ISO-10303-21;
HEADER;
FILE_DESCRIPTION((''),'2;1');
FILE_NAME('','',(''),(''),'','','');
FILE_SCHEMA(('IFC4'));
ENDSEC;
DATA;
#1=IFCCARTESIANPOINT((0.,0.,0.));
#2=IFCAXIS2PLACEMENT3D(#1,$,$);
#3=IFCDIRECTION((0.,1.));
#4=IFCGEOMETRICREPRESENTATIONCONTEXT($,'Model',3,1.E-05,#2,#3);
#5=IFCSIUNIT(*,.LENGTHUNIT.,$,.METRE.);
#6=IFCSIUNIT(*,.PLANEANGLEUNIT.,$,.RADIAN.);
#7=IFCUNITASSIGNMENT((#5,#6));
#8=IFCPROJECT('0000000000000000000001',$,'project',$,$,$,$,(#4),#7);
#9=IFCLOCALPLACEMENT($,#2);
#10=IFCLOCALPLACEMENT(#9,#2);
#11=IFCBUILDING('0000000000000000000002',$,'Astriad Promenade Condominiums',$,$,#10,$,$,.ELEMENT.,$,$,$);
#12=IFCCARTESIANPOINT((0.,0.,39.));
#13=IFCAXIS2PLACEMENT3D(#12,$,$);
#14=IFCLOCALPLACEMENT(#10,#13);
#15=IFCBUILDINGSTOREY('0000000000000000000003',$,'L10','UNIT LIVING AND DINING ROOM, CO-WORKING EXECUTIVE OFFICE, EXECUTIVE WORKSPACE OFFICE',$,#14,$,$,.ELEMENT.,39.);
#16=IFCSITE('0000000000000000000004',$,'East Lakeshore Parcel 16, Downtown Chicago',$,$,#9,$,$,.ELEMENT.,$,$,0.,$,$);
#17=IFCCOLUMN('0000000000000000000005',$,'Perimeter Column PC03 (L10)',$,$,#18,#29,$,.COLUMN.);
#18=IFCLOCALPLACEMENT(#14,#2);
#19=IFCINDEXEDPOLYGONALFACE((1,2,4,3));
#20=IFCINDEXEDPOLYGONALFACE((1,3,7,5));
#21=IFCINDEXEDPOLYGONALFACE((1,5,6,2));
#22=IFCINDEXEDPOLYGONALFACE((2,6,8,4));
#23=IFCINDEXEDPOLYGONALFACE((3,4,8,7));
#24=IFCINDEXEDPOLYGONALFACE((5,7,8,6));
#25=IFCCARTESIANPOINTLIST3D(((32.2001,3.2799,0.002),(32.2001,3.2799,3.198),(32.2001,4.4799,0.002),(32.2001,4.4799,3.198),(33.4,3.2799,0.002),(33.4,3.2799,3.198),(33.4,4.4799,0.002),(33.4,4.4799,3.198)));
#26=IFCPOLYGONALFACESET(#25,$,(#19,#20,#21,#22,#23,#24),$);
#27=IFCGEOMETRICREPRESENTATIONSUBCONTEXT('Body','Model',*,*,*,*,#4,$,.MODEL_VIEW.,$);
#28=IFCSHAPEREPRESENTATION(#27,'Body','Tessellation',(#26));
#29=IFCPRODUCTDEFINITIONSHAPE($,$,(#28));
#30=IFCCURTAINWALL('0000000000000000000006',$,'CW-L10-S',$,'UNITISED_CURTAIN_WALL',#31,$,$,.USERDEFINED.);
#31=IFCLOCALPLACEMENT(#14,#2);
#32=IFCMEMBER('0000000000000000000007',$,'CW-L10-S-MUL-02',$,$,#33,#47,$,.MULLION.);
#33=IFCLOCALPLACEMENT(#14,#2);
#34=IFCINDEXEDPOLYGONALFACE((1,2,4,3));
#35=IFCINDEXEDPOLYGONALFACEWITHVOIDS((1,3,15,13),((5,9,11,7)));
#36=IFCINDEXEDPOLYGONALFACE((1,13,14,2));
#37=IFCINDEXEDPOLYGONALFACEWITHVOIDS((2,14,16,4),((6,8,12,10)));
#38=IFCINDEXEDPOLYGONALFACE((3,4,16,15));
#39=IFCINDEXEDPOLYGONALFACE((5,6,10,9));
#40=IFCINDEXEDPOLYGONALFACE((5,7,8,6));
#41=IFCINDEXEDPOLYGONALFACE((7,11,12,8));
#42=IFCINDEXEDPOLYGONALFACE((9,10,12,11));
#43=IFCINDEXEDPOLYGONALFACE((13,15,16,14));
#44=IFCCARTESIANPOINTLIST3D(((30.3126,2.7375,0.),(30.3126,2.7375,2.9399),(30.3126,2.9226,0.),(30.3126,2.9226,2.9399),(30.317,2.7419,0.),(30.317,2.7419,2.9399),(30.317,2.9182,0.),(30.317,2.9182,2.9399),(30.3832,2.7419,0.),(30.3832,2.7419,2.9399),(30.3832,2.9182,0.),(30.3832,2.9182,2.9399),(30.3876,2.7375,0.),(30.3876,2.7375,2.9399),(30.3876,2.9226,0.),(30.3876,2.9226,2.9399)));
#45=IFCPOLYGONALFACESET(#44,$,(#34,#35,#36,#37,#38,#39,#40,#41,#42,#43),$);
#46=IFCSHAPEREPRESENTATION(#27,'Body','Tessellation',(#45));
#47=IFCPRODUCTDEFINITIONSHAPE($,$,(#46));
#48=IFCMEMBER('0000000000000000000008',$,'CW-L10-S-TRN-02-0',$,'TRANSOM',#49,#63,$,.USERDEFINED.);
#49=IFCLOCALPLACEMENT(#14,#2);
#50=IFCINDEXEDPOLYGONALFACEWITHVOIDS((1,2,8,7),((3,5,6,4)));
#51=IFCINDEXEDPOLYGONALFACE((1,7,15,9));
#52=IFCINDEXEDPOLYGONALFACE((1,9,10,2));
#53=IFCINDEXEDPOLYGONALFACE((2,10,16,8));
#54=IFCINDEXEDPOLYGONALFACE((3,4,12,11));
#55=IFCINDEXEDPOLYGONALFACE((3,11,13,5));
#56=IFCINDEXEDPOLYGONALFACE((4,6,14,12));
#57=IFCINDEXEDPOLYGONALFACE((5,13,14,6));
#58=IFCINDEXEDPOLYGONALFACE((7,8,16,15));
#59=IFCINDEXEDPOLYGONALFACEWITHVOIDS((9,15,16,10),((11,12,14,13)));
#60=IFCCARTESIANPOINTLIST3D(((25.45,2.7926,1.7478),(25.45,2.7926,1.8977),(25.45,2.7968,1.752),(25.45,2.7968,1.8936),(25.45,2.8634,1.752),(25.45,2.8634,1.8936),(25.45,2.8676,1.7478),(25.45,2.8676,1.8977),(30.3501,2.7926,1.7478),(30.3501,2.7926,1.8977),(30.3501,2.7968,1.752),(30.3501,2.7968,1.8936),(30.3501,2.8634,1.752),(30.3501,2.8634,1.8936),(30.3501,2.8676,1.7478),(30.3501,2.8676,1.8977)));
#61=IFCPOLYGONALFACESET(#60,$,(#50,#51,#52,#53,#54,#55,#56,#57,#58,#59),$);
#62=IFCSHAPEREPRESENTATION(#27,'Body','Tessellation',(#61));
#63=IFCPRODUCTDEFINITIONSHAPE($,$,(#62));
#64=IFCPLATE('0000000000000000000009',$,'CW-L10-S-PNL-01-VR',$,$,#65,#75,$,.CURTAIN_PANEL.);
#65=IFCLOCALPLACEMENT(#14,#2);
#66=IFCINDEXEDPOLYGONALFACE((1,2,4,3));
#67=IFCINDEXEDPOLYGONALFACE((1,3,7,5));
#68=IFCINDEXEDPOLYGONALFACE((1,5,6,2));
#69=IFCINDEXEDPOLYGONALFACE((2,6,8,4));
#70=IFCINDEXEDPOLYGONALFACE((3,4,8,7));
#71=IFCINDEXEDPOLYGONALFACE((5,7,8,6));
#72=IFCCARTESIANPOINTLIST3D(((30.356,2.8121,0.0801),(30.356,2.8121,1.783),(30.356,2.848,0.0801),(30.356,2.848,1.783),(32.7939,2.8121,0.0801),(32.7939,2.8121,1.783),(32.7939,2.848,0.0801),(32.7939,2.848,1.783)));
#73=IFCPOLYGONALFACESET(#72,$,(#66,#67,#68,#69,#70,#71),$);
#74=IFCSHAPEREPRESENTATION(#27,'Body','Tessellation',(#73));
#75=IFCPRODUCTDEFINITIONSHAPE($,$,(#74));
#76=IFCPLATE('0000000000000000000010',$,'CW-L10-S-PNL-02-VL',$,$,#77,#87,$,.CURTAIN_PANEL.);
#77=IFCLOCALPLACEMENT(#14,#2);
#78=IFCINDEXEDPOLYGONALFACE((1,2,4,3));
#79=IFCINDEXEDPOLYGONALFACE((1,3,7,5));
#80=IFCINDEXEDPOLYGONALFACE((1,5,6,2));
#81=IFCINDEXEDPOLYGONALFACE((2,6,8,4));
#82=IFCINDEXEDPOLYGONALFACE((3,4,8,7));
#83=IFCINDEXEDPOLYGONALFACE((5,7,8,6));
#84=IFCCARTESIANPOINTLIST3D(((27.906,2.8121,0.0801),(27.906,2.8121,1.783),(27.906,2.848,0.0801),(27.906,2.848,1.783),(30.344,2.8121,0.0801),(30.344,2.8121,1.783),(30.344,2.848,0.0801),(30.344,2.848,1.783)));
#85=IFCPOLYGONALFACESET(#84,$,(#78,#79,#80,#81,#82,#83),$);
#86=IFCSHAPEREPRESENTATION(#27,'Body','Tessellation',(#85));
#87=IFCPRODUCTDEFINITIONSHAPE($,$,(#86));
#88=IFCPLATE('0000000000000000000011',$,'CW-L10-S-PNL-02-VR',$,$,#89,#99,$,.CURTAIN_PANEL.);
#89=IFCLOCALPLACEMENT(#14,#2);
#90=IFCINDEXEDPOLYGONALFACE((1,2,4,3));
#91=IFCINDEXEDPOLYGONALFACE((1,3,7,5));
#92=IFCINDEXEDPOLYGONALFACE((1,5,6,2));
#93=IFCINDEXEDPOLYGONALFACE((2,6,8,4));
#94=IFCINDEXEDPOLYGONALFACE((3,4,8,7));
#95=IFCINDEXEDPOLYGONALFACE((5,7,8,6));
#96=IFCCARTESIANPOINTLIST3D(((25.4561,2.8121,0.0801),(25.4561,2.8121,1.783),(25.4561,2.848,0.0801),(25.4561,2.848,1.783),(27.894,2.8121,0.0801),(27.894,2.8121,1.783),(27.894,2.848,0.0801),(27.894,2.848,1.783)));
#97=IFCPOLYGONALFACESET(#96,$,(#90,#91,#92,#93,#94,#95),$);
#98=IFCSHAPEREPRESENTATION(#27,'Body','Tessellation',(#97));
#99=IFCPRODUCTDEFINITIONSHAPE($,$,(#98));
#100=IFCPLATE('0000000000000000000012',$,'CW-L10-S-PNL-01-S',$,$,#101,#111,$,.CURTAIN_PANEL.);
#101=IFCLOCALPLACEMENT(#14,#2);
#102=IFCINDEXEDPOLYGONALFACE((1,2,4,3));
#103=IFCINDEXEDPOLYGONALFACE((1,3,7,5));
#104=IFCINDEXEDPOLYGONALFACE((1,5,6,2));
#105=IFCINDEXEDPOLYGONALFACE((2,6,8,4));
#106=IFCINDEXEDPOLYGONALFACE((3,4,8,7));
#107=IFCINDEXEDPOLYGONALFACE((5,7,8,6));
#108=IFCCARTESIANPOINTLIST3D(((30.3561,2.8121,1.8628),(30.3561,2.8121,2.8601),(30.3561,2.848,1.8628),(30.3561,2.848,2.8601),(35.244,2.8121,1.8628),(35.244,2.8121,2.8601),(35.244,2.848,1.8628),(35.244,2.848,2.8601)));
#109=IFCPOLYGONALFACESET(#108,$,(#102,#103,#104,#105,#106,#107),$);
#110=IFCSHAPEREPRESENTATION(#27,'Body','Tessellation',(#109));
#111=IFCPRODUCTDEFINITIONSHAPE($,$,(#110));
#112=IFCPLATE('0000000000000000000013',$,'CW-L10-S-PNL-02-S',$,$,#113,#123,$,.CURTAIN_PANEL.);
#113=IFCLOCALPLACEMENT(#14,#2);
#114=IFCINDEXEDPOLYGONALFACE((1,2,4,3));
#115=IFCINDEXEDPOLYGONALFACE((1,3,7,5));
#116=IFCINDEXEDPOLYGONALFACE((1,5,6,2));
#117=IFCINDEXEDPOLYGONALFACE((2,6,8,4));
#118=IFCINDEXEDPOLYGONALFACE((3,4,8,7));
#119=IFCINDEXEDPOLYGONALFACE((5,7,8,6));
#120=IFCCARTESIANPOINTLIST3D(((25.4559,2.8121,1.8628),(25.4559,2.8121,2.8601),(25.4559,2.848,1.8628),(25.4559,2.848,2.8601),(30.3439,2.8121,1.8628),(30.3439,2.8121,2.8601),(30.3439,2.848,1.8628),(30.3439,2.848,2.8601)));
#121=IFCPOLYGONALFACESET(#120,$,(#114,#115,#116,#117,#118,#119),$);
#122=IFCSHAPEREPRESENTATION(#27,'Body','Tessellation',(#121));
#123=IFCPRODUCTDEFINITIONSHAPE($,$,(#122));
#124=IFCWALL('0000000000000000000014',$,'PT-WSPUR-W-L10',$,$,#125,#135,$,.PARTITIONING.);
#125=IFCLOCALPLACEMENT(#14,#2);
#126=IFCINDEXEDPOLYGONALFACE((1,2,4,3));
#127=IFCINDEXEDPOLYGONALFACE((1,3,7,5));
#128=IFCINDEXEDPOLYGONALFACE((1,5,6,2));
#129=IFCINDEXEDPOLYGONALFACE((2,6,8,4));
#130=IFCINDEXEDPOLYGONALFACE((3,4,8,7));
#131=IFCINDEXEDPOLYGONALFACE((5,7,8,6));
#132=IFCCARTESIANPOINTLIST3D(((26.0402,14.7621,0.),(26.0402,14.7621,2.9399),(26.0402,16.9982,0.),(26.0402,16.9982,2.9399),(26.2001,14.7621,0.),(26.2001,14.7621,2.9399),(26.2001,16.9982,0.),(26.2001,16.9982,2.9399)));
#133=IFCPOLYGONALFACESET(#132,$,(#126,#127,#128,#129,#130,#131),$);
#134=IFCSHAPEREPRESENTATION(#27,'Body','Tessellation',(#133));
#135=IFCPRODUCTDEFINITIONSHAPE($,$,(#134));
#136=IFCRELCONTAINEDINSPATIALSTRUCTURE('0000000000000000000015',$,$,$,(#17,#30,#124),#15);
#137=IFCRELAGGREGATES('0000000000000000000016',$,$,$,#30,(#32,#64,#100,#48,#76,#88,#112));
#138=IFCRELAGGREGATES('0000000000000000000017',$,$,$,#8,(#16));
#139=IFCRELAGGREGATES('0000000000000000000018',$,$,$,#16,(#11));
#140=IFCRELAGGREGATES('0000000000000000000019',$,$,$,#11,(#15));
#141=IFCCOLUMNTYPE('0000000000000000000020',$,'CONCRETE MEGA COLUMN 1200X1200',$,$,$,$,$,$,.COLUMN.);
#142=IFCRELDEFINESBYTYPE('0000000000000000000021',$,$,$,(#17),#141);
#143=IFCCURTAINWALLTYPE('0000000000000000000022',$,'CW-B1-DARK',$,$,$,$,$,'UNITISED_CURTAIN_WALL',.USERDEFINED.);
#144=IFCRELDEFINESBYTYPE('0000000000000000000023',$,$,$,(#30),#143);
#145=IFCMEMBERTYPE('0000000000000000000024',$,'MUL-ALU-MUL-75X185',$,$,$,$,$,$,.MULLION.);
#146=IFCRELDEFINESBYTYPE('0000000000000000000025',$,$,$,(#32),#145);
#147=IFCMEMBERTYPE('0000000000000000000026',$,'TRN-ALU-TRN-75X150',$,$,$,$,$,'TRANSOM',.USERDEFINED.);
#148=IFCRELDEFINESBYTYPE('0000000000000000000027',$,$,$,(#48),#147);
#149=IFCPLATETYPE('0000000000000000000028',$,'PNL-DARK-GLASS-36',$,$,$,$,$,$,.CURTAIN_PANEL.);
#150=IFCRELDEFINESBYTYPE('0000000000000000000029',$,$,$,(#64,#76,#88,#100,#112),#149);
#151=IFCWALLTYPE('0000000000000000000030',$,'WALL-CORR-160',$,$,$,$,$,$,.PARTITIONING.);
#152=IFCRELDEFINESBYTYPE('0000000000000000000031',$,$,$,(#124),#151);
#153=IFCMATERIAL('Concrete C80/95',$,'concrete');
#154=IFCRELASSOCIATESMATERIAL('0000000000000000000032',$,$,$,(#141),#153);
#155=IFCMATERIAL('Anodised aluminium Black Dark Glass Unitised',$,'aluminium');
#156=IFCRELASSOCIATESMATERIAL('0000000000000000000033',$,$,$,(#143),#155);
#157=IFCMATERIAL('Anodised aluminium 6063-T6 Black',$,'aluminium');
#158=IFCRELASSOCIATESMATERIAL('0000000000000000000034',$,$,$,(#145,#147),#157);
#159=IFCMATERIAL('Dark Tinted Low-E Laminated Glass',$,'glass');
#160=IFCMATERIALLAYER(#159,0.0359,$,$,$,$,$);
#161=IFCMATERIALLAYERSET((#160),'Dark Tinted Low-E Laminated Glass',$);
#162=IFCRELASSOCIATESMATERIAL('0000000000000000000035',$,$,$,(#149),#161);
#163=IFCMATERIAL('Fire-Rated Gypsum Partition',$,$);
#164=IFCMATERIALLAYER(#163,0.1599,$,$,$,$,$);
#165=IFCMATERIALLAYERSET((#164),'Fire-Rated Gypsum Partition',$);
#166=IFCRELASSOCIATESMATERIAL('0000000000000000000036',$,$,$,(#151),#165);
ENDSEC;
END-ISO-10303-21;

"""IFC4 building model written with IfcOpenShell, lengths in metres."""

from ifc_helpers import new_model, si_unit, direction, frame, frame_2d, origin, origin_2d, place, context, subcontext, project, spatial, rectangle, hollow_rectangle, extrude, source, transform, mapped, material, layer, layer_set, material_profile, profile_set, type_object, type_shapes, element, aggregate, save


model = new_model("IFC4")

# Units and contexts
model_context = context("Model", 3, precision=1e-05, world=origin(), true_north=direction((0.0, 1.0)))
body_context = subcontext(model_context, "Body", "Model", "MODEL_VIEW")
ifc_project = project(units=[si_unit("LENGTHUNIT", "METRE"), si_unit("PLANEANGLEUNIT", "RADIAN")], contexts=[model_context])

# Site, building, storey
site_placement = place(None, origin())
site = spatial("IfcSite", under=ifc_project, at=site_placement, Name="East Lakeshore Parcel 16, Downtown Chicago", CompositionType="ELEMENT", RefElevation=0.0)
building_placement = place(site_placement, origin())
building = spatial("IfcBuilding", under=site, at=building_placement, Name="Astriad Promenade Condominiums", CompositionType="ELEMENT")
storey_placement = place(building_placement, frame((0.0, 0.0, 39.0)))
storey = spatial("IfcBuildingStorey", under=building, at=storey_placement, Name="L10", Description="UNIT LIVING AND DINING ROOM, CO-WORKING EXECUTIVE OFFICE, EXECUTIVE WORKSPACE OFFICE", CompositionType="ELEMENT", Elevation=39.0)

# Column
ifc_material_1 = material(Name="Concrete C80/95", Category="concrete")
ifc_material_profile_1 = material_profile(ifc_material_1, rectangle(XDim=1.2, YDim=1.2, at=origin_2d()), Name="RC-COL-1200X1200")
ifc_profile_set_1 = profile_set([ifc_material_profile_1], Name="Concrete C80/95")
column_type = type_object("IfcColumnType", Name="CONCRETE MEGA COLUMN 1200X1200", PredefinedType="COLUMN", material=ifc_profile_set_1)
shared_shape_1 = source(origin(), body_context, "Body", "SweptSolid", [
    extrude(rectangle(XDim=1.2, YDim=1.2, at=origin_2d()), origin(), (0.0, 0.0, 1.0), 3.196),
])
type_shapes(column_type, [shared_shape_1])
column_placement = place(storey_placement, frame((32.8, 3.8799, 0.002), z_axis=(0.0, 0.0, 1.0), x_axis=(1.0, 0.0, 0.0)))
element("IfcColumn", 1, at=column_placement, inside=storey, type_object=column_type, Name="Perimeter Column PC03 (L10)", PredefinedType="COLUMN", context=body_context, shape_type="MappedRepresentation", body=[
    mapped(shared_shape_1, transform((0.0, 0.0, 0.0), scale=1.0)),
])

# Curtain wall, members, plates
ifc_material_2 = material(Name="Anodised aluminium Black Dark Glass Unitised", Category="aluminium")
curtain_wall_type = type_object("IfcCurtainWallType", Name="CW-B1-DARK", ElementType="UNITISED_CURTAIN_WALL", PredefinedType="USERDEFINED", material=ifc_material_2)
curtain_wall_placement = place(storey_placement, origin())
curtain_wall = element("IfcCurtainWall", 2, at=curtain_wall_placement, inside=storey, type_object=curtain_wall_type, Name="CW-L10-S", ObjectType="UNITISED_CURTAIN_WALL", PredefinedType="USERDEFINED")
ifc_material_3 = material(Name="Anodised aluminium 6063-T6 Black", Category="aluminium")
ifc_material_profile_2 = material_profile(ifc_material_3, hollow_rectangle(XDim=0.075, YDim=0.1851, WallThickness=0.0044, at=origin_2d()), Name="ALU-MUL-75X185")
ifc_profile_set_2 = profile_set([ifc_material_profile_2], Name="Anodised aluminium 6063-T6 Black")
member_type_1 = type_object("IfcMemberType", Name="MUL-ALU-MUL-75X185", PredefinedType="MULLION", material=ifc_profile_set_2)
shared_shape_2 = source(origin(), body_context, "Body", "SweptSolid", [
    extrude(hollow_rectangle(XDim=0.075, YDim=0.1851, WallThickness=0.0044, at=origin_2d()), origin(), (0.0, 0.0, 1.0), 2.9399),
])
type_shapes(member_type_1, [shared_shape_2])
member_1_placement = place(storey_placement, frame((30.3501, 2.8301, 0.0), z_axis=(0.0, 0.0, 1.0), x_axis=(1.0, 0.0, 0.0)))
member_1 = element("IfcMember", 3, at=member_1_placement, type_object=member_type_1, Name="CW-L10-S-MUL-02", PredefinedType="MULLION", context=body_context, shape_type="MappedRepresentation", body=[
    mapped(shared_shape_2, transform((0.0, 0.0, 0.0), scale=1.0)),
])
ifc_material_profile_3 = material_profile(ifc_material_3, hollow_rectangle(XDim=0.075, YDim=0.1499, WallThickness=0.0042, at=origin_2d()), Name="ALU-TRN-75X150")
ifc_profile_set_3 = profile_set([ifc_material_profile_3], Name="Anodised aluminium 6063-T6 Black")
member_type_2 = type_object("IfcMemberType", Name="TRN-ALU-TRN-75X150", ElementType="TRANSOM", PredefinedType="USERDEFINED", material=ifc_profile_set_3)
shared_shape_3 = source(origin(), body_context, "Body", "SweptSolid", [
    extrude(hollow_rectangle(XDim=0.075, YDim=0.1499, WallThickness=0.0042, at=origin_2d()), origin(), (0.0, 0.0, 1.0), 4.9001),
])
type_shapes(member_type_2, [shared_shape_3])
member_2_placement = place(storey_placement, frame((30.3501, 2.8301, 1.8228), z_axis=(-1.0, 0.0, 0.0), x_axis=(0.0, -1.0, 0.0)))
member_2 = element("IfcMember", 4, at=member_2_placement, type_object=member_type_2, Name="CW-L10-S-TRN-02-0", ObjectType="TRANSOM", PredefinedType="USERDEFINED", context=body_context, shape_type="MappedRepresentation", body=[
    mapped(shared_shape_3, transform((0.0, 0.0, 0.0), scale=1.0)),
])
ifc_material_4 = material(Name="Dark Tinted Low-E Laminated Glass", Category="glass")
ifc_layer_1 = layer(ifc_material_4, 0.0359)
ifc_layer_set_1 = layer_set([ifc_layer_1], Name="Dark Tinted Low-E Laminated Glass")
plate_type = type_object("IfcPlateType", Name="PNL-DARK-GLASS-36", PredefinedType="CURTAIN_PANEL", material=ifc_layer_set_1)
shared_shape_4 = source(origin(), body_context, "Body", "SweptSolid", [
    extrude(rectangle(XDim=2.438, YDim=0.0359, at=origin_2d()), origin(), (0.0, 0.0, 1.0), 1.7029),
])
plate_1_placement = place(storey_placement, frame((31.575, 2.8301, 0.0801), z_axis=(0.0, 0.0, 1.0), x_axis=(-1.0, 0.0, 0.0)))
plate_1 = element("IfcPlate", 5, at=plate_1_placement, type_object=plate_type, Name="CW-L10-S-PNL-01-VR", PredefinedType="CURTAIN_PANEL", context=body_context, shape_type="MappedRepresentation", body=[
    mapped(shared_shape_4, transform((0.0, 0.0, 0.0), scale=1.0)),
])
plate_2_placement = place(storey_placement, frame((29.125, 2.8301, 0.0801), z_axis=(0.0, 0.0, 1.0), x_axis=(-1.0, 0.0, 0.0)))
plate_2 = element("IfcPlate", 6, at=plate_2_placement, type_object=plate_type, Name="CW-L10-S-PNL-02-VL", PredefinedType="CURTAIN_PANEL", context=body_context, shape_type="MappedRepresentation", body=[
    mapped(shared_shape_4, transform((0.0, 0.0, 0.0), scale=1.0)),
])
plate_3_placement = place(storey_placement, frame((26.675, 2.8301, 0.0801), z_axis=(0.0, 0.0, 1.0), x_axis=(-1.0, 0.0, 0.0)))
plate_3 = element("IfcPlate", 7, at=plate_3_placement, type_object=plate_type, Name="CW-L10-S-PNL-02-VR", PredefinedType="CURTAIN_PANEL", context=body_context, shape_type="MappedRepresentation", body=[
    mapped(shared_shape_4, transform((0.0, 0.0, 0.0), scale=1.0)),
])
shared_shape_5 = source(origin(), body_context, "Body", "SweptSolid", [
    extrude(rectangle(XDim=4.8879, YDim=0.0359, at=origin_2d()), origin(), (0.0, 0.0, 1.0), 0.9973),
])
type_shapes(plate_type, [shared_shape_4, shared_shape_5])
plate_4_placement = place(storey_placement, frame((32.8, 2.8301, 1.8628), z_axis=(0.0, 0.0, 1.0), x_axis=(-1.0, 0.0, 0.0)))
plate_4 = element("IfcPlate", 8, at=plate_4_placement, type_object=plate_type, Name="CW-L10-S-PNL-01-S", PredefinedType="CURTAIN_PANEL", context=body_context, shape_type="MappedRepresentation", body=[
    mapped(shared_shape_5, transform((0.0, 0.0, 0.0), scale=1.0)),
])
plate_5_placement = place(storey_placement, frame((27.8999, 2.8301, 1.8628), z_axis=(0.0, 0.0, 1.0), x_axis=(-1.0, 0.0, 0.0)))
plate_5 = element("IfcPlate", 9, at=plate_5_placement, type_object=plate_type, Name="CW-L10-S-PNL-02-S", PredefinedType="CURTAIN_PANEL", context=body_context, shape_type="MappedRepresentation", body=[
    mapped(shared_shape_5, transform((0.0, 0.0, 0.0), scale=1.0)),
])
aggregate(curtain_wall, [member_1, plate_1, plate_4, member_2, plate_2, plate_3, plate_5])

# Wall
ifc_material_5 = material(Name="Fire-Rated Gypsum Partition")
ifc_layer_2 = layer(ifc_material_5, 0.1599)
ifc_layer_set_2 = layer_set([ifc_layer_2], Name="Fire-Rated Gypsum Partition")
wall_type_1 = type_object("IfcWallType", Name="WALL-CORR-160", PredefinedType="PARTITIONING", material=ifc_layer_set_2)
wall_1_placement = place(storey_placement, frame((26.1201, 14.762, 0.0), z_axis=(0.0, 0.0, 1.0), x_axis=(0.0, 1.0, 0.0)))
element("IfcWall", 10, at=wall_1_placement, inside=storey, type_object=wall_type_1, Name="PT-WSPUR-W-L10", PredefinedType="PARTITIONING", context=body_context, shape_type="SweptSolid", body=[
    extrude(rectangle(XDim=2.2361, YDim=0.1599, at=frame_2d((1.1182, 0.0))), origin(), (0.0, 0.0, 1.0), 2.9399),
])

save(model, "model.ifc")
